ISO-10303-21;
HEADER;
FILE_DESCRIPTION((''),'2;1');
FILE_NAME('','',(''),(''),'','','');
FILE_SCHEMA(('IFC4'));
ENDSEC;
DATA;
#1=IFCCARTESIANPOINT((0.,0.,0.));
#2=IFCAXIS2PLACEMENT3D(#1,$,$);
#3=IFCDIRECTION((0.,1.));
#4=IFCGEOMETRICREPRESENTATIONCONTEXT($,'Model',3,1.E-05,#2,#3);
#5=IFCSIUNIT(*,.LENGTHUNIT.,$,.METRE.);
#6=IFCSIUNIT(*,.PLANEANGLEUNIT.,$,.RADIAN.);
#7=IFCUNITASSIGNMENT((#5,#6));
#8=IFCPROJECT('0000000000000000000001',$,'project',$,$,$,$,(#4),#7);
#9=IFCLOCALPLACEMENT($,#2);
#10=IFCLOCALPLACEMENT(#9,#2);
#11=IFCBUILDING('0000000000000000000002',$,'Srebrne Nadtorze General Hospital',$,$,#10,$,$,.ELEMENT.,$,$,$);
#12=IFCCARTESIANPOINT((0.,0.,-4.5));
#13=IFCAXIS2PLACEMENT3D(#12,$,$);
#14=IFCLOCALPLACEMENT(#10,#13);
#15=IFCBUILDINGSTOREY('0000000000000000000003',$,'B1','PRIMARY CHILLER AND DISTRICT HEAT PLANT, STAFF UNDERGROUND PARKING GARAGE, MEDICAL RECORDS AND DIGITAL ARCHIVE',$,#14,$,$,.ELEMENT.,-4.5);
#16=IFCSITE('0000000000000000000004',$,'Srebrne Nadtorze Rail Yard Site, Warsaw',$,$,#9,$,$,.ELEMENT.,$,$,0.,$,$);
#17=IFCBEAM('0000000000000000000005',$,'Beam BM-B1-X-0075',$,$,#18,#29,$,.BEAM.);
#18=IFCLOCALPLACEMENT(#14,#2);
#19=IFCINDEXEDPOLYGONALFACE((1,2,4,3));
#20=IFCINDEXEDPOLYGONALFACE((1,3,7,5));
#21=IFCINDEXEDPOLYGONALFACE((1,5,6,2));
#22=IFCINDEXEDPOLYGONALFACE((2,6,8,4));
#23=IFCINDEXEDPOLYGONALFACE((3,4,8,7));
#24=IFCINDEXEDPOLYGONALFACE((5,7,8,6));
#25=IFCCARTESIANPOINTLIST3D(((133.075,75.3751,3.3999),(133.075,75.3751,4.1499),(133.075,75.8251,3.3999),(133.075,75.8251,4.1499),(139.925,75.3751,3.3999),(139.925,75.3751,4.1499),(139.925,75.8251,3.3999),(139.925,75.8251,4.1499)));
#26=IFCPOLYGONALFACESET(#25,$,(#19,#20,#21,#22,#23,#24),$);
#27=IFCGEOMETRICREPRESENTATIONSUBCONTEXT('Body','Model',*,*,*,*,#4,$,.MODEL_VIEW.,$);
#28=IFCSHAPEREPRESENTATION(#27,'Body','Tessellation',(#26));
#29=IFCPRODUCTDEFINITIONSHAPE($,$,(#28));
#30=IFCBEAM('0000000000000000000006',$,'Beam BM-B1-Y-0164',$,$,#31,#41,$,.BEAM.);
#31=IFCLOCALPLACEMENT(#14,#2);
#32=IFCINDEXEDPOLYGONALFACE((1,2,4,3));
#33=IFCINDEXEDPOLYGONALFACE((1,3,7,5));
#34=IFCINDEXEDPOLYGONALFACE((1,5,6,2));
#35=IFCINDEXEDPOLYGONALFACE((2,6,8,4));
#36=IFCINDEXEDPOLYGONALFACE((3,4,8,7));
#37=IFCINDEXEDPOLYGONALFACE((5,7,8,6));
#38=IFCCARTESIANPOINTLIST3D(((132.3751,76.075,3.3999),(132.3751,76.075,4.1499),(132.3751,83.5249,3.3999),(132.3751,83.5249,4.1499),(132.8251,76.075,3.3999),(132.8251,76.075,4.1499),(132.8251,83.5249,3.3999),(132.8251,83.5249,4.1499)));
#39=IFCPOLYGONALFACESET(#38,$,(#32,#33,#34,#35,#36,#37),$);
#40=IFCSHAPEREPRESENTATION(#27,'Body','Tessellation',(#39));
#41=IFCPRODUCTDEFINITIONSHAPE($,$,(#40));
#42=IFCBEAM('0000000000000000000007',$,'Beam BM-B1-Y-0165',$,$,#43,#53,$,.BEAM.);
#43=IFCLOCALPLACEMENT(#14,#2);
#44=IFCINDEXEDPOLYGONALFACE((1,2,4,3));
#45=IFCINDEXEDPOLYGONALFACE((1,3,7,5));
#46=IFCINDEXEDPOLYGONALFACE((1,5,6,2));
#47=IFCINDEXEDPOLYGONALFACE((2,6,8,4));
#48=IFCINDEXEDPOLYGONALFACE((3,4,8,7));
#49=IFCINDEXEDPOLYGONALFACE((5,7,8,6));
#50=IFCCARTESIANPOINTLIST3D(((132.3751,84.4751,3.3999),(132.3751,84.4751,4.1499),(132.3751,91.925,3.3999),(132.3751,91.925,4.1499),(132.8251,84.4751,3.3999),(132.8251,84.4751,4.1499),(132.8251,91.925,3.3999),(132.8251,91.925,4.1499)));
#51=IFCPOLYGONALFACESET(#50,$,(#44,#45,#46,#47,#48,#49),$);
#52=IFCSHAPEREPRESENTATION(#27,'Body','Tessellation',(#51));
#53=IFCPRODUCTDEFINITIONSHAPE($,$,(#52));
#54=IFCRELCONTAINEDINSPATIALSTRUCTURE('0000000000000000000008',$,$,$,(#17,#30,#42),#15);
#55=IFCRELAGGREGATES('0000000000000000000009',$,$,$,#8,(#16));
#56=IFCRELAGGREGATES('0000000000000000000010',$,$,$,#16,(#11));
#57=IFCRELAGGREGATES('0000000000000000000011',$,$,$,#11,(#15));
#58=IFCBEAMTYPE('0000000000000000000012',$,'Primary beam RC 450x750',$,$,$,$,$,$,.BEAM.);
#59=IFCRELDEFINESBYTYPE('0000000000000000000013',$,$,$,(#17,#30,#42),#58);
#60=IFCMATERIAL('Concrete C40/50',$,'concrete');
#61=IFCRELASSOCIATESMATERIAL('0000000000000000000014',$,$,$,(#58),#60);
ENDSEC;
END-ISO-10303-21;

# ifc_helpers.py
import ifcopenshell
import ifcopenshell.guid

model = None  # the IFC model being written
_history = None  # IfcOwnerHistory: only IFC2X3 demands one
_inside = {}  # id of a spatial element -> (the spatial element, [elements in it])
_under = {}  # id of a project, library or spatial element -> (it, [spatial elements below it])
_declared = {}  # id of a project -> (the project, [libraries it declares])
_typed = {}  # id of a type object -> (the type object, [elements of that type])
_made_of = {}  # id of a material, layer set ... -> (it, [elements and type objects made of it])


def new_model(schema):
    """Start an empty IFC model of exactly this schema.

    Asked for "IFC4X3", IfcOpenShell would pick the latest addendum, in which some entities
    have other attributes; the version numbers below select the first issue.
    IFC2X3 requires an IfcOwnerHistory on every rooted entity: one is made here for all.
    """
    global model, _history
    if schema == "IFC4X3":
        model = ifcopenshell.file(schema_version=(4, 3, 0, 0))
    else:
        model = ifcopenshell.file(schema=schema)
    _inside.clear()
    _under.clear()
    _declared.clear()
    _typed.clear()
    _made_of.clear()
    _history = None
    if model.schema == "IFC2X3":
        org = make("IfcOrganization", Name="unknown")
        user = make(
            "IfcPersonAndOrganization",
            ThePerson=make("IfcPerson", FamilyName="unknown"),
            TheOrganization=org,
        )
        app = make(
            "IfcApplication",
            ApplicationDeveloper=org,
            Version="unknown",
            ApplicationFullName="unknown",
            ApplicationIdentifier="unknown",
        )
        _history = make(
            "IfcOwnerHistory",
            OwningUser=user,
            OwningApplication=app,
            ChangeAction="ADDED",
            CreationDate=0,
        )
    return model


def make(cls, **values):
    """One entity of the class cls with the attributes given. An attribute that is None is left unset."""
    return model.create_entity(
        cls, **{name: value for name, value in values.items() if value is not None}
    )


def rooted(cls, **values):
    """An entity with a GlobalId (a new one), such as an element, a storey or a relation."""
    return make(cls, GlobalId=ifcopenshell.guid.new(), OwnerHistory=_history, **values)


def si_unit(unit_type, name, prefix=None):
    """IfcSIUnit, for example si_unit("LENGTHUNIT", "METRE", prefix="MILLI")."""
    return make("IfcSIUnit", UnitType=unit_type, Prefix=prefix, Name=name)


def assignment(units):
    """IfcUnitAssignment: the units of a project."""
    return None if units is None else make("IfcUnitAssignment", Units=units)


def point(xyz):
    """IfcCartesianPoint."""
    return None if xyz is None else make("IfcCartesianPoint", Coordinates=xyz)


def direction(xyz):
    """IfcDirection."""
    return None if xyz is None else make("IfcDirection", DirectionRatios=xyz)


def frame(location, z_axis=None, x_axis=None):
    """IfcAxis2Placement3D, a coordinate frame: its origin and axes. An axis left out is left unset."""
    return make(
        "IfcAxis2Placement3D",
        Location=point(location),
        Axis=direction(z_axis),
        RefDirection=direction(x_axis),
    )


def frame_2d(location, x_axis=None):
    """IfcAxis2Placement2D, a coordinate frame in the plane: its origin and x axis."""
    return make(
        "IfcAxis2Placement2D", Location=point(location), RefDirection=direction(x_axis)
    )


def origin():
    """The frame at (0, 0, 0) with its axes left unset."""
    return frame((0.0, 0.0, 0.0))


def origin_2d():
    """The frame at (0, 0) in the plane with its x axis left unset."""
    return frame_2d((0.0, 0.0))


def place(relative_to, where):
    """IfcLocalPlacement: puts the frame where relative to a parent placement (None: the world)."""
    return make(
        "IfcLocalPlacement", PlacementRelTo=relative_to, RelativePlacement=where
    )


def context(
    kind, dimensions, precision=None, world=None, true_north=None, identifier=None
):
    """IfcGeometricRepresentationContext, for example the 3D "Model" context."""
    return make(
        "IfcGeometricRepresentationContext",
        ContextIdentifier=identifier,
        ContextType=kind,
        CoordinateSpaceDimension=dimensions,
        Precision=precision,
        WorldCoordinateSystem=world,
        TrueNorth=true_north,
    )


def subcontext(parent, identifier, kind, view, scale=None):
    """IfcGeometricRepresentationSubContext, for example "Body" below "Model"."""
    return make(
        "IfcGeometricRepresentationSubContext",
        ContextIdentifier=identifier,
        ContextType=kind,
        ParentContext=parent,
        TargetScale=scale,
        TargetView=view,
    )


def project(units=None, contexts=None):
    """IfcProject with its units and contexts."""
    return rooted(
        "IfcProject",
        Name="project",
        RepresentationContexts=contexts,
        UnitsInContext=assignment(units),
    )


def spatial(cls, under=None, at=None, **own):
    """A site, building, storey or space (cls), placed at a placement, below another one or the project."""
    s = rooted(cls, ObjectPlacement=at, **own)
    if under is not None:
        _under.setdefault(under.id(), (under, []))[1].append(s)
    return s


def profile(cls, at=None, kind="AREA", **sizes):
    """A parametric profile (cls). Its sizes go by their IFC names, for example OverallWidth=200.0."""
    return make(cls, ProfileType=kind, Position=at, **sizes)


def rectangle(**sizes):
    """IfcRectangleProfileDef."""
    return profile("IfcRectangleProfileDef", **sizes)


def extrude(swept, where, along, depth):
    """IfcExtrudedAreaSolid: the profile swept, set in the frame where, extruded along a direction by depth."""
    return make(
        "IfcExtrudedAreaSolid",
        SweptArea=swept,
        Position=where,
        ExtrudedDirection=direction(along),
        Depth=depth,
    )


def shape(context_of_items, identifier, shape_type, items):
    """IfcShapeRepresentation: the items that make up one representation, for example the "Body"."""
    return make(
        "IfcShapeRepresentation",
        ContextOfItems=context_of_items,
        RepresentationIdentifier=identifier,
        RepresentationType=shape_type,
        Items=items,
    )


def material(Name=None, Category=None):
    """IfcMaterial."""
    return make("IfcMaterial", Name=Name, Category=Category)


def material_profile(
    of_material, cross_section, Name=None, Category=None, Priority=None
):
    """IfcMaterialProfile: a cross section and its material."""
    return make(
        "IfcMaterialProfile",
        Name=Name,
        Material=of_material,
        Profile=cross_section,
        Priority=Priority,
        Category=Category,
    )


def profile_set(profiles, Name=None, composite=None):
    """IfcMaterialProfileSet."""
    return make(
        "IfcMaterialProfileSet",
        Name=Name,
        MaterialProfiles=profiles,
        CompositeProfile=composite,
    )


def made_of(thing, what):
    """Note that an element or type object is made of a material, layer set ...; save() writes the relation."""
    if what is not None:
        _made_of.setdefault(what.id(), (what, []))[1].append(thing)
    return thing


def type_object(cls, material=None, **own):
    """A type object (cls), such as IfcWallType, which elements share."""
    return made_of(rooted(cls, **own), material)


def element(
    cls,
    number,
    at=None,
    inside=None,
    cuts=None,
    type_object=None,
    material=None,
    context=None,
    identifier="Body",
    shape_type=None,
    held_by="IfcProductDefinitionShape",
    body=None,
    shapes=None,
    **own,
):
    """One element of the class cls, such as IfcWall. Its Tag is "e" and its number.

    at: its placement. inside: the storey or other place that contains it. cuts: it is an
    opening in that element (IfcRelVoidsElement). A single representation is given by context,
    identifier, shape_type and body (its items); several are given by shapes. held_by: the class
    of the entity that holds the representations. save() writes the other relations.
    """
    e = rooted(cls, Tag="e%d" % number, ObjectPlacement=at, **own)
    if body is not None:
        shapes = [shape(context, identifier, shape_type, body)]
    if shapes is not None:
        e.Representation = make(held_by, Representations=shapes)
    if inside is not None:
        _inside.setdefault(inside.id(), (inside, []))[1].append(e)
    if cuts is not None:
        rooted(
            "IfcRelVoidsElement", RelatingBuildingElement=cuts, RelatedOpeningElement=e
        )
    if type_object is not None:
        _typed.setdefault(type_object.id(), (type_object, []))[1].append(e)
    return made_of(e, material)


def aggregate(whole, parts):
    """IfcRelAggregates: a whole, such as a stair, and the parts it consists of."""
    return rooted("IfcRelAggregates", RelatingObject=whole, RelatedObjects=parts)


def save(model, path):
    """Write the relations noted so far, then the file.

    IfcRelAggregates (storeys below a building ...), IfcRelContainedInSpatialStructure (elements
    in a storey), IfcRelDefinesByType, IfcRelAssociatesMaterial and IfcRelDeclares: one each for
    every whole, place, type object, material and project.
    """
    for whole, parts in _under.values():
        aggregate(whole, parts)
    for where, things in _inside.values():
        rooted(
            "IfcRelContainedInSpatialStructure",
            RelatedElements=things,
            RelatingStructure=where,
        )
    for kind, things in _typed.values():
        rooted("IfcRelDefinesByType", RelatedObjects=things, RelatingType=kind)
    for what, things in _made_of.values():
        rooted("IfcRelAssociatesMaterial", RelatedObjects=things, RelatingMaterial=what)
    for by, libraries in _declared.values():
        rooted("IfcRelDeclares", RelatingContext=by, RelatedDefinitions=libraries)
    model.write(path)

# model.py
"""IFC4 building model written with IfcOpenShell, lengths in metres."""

from ifc_helpers import new_model, si_unit, direction, frame, origin, origin_2d, place, context, subcontext, project, spatial, rectangle, extrude, material, material_profile, profile_set, type_object, element, save


model = new_model("IFC4")

# Units and contexts
model_context = context("Model", 3, precision=1e-05, world=origin(), true_north=direction((0.0, 1.0)))
body_context = subcontext(model_context, "Body", "Model", "MODEL_VIEW")
ifc_project = project(units=[si_unit("LENGTHUNIT", "METRE"), si_unit("PLANEANGLEUNIT", "RADIAN")], contexts=[model_context])

# Site, building, storey
site_placement = place(None, origin())
site = spatial("IfcSite", under=ifc_project, at=site_placement, Name="Srebrne Nadtorze Rail Yard Site, Warsaw", CompositionType="ELEMENT", RefElevation=0.0)
building_placement = place(site_placement, origin())
building = spatial("IfcBuilding", under=site, at=building_placement, Name="Srebrne Nadtorze General Hospital", CompositionType="ELEMENT")
storey_placement = place(building_placement, frame((0.0, 0.0, -4.5)))
storey = spatial("IfcBuildingStorey", under=building, at=storey_placement, Name="B1", Description="PRIMARY CHILLER AND DISTRICT HEAT PLANT, STAFF UNDERGROUND PARKING GARAGE, MEDICAL RECORDS AND DIGITAL ARCHIVE", CompositionType="ELEMENT", Elevation=-4.5)

# Beams
ifc_material_1 = material(Name="Concrete C40/50", Category="concrete")
ifc_material_profile_1 = material_profile(ifc_material_1, rectangle(XDim=0.45, YDim=0.75, at=origin_2d()), Name="RC-BM-450x750")
ifc_profile_set_1 = profile_set([ifc_material_profile_1], Name="Concrete C40/50")
beam_type = type_object("IfcBeamType", Name="Primary beam RC 450x750", PredefinedType="BEAM", material=ifc_profile_set_1)
beam_placement = place(storey_placement, frame((133.075, 75.6001, 3.7749), z_axis=(1.0, 0.0, 0.0), x_axis=(0.0, 1.0, 0.0)))
element("IfcBeam", 1, at=beam_placement, inside=storey, type_object=beam_type, Name="Beam BM-B1-X-0075", PredefinedType="BEAM", context=body_context, shape_type="SweptSolid", body=[
    extrude(rectangle(XDim=0.45, YDim=0.75, at=origin_2d()), origin(), (0.0, 0.0, 1.0), 6.8501),
])
for number, where, z_axis, x_axis, name in (
    (2, (132.6001, 76.075, 3.7749), (0.0, 1.0, 0.0), (-1.0, 0.0, 0.0), "Beam BM-B1-Y-0164"),
    (3, (132.6001, 84.4751, 3.7749), (0.0, 1.0, 0.0), (-1.0, 0.0, 0.0), "Beam BM-B1-Y-0165"),
):
    element("IfcBeam", number, at=place(storey_placement, frame(where, z_axis=z_axis, x_axis=x_axis)), inside=storey, type_object=beam_type, Name=name, PredefinedType="BEAM", context=body_context, shape_type="SweptSolid", body=[
        extrude(rectangle(XDim=0.45, YDim=0.75, at=origin_2d()), origin(), (0.0, 0.0, 1.0), 7.45),
    ])

save(model, "model.ifc")
